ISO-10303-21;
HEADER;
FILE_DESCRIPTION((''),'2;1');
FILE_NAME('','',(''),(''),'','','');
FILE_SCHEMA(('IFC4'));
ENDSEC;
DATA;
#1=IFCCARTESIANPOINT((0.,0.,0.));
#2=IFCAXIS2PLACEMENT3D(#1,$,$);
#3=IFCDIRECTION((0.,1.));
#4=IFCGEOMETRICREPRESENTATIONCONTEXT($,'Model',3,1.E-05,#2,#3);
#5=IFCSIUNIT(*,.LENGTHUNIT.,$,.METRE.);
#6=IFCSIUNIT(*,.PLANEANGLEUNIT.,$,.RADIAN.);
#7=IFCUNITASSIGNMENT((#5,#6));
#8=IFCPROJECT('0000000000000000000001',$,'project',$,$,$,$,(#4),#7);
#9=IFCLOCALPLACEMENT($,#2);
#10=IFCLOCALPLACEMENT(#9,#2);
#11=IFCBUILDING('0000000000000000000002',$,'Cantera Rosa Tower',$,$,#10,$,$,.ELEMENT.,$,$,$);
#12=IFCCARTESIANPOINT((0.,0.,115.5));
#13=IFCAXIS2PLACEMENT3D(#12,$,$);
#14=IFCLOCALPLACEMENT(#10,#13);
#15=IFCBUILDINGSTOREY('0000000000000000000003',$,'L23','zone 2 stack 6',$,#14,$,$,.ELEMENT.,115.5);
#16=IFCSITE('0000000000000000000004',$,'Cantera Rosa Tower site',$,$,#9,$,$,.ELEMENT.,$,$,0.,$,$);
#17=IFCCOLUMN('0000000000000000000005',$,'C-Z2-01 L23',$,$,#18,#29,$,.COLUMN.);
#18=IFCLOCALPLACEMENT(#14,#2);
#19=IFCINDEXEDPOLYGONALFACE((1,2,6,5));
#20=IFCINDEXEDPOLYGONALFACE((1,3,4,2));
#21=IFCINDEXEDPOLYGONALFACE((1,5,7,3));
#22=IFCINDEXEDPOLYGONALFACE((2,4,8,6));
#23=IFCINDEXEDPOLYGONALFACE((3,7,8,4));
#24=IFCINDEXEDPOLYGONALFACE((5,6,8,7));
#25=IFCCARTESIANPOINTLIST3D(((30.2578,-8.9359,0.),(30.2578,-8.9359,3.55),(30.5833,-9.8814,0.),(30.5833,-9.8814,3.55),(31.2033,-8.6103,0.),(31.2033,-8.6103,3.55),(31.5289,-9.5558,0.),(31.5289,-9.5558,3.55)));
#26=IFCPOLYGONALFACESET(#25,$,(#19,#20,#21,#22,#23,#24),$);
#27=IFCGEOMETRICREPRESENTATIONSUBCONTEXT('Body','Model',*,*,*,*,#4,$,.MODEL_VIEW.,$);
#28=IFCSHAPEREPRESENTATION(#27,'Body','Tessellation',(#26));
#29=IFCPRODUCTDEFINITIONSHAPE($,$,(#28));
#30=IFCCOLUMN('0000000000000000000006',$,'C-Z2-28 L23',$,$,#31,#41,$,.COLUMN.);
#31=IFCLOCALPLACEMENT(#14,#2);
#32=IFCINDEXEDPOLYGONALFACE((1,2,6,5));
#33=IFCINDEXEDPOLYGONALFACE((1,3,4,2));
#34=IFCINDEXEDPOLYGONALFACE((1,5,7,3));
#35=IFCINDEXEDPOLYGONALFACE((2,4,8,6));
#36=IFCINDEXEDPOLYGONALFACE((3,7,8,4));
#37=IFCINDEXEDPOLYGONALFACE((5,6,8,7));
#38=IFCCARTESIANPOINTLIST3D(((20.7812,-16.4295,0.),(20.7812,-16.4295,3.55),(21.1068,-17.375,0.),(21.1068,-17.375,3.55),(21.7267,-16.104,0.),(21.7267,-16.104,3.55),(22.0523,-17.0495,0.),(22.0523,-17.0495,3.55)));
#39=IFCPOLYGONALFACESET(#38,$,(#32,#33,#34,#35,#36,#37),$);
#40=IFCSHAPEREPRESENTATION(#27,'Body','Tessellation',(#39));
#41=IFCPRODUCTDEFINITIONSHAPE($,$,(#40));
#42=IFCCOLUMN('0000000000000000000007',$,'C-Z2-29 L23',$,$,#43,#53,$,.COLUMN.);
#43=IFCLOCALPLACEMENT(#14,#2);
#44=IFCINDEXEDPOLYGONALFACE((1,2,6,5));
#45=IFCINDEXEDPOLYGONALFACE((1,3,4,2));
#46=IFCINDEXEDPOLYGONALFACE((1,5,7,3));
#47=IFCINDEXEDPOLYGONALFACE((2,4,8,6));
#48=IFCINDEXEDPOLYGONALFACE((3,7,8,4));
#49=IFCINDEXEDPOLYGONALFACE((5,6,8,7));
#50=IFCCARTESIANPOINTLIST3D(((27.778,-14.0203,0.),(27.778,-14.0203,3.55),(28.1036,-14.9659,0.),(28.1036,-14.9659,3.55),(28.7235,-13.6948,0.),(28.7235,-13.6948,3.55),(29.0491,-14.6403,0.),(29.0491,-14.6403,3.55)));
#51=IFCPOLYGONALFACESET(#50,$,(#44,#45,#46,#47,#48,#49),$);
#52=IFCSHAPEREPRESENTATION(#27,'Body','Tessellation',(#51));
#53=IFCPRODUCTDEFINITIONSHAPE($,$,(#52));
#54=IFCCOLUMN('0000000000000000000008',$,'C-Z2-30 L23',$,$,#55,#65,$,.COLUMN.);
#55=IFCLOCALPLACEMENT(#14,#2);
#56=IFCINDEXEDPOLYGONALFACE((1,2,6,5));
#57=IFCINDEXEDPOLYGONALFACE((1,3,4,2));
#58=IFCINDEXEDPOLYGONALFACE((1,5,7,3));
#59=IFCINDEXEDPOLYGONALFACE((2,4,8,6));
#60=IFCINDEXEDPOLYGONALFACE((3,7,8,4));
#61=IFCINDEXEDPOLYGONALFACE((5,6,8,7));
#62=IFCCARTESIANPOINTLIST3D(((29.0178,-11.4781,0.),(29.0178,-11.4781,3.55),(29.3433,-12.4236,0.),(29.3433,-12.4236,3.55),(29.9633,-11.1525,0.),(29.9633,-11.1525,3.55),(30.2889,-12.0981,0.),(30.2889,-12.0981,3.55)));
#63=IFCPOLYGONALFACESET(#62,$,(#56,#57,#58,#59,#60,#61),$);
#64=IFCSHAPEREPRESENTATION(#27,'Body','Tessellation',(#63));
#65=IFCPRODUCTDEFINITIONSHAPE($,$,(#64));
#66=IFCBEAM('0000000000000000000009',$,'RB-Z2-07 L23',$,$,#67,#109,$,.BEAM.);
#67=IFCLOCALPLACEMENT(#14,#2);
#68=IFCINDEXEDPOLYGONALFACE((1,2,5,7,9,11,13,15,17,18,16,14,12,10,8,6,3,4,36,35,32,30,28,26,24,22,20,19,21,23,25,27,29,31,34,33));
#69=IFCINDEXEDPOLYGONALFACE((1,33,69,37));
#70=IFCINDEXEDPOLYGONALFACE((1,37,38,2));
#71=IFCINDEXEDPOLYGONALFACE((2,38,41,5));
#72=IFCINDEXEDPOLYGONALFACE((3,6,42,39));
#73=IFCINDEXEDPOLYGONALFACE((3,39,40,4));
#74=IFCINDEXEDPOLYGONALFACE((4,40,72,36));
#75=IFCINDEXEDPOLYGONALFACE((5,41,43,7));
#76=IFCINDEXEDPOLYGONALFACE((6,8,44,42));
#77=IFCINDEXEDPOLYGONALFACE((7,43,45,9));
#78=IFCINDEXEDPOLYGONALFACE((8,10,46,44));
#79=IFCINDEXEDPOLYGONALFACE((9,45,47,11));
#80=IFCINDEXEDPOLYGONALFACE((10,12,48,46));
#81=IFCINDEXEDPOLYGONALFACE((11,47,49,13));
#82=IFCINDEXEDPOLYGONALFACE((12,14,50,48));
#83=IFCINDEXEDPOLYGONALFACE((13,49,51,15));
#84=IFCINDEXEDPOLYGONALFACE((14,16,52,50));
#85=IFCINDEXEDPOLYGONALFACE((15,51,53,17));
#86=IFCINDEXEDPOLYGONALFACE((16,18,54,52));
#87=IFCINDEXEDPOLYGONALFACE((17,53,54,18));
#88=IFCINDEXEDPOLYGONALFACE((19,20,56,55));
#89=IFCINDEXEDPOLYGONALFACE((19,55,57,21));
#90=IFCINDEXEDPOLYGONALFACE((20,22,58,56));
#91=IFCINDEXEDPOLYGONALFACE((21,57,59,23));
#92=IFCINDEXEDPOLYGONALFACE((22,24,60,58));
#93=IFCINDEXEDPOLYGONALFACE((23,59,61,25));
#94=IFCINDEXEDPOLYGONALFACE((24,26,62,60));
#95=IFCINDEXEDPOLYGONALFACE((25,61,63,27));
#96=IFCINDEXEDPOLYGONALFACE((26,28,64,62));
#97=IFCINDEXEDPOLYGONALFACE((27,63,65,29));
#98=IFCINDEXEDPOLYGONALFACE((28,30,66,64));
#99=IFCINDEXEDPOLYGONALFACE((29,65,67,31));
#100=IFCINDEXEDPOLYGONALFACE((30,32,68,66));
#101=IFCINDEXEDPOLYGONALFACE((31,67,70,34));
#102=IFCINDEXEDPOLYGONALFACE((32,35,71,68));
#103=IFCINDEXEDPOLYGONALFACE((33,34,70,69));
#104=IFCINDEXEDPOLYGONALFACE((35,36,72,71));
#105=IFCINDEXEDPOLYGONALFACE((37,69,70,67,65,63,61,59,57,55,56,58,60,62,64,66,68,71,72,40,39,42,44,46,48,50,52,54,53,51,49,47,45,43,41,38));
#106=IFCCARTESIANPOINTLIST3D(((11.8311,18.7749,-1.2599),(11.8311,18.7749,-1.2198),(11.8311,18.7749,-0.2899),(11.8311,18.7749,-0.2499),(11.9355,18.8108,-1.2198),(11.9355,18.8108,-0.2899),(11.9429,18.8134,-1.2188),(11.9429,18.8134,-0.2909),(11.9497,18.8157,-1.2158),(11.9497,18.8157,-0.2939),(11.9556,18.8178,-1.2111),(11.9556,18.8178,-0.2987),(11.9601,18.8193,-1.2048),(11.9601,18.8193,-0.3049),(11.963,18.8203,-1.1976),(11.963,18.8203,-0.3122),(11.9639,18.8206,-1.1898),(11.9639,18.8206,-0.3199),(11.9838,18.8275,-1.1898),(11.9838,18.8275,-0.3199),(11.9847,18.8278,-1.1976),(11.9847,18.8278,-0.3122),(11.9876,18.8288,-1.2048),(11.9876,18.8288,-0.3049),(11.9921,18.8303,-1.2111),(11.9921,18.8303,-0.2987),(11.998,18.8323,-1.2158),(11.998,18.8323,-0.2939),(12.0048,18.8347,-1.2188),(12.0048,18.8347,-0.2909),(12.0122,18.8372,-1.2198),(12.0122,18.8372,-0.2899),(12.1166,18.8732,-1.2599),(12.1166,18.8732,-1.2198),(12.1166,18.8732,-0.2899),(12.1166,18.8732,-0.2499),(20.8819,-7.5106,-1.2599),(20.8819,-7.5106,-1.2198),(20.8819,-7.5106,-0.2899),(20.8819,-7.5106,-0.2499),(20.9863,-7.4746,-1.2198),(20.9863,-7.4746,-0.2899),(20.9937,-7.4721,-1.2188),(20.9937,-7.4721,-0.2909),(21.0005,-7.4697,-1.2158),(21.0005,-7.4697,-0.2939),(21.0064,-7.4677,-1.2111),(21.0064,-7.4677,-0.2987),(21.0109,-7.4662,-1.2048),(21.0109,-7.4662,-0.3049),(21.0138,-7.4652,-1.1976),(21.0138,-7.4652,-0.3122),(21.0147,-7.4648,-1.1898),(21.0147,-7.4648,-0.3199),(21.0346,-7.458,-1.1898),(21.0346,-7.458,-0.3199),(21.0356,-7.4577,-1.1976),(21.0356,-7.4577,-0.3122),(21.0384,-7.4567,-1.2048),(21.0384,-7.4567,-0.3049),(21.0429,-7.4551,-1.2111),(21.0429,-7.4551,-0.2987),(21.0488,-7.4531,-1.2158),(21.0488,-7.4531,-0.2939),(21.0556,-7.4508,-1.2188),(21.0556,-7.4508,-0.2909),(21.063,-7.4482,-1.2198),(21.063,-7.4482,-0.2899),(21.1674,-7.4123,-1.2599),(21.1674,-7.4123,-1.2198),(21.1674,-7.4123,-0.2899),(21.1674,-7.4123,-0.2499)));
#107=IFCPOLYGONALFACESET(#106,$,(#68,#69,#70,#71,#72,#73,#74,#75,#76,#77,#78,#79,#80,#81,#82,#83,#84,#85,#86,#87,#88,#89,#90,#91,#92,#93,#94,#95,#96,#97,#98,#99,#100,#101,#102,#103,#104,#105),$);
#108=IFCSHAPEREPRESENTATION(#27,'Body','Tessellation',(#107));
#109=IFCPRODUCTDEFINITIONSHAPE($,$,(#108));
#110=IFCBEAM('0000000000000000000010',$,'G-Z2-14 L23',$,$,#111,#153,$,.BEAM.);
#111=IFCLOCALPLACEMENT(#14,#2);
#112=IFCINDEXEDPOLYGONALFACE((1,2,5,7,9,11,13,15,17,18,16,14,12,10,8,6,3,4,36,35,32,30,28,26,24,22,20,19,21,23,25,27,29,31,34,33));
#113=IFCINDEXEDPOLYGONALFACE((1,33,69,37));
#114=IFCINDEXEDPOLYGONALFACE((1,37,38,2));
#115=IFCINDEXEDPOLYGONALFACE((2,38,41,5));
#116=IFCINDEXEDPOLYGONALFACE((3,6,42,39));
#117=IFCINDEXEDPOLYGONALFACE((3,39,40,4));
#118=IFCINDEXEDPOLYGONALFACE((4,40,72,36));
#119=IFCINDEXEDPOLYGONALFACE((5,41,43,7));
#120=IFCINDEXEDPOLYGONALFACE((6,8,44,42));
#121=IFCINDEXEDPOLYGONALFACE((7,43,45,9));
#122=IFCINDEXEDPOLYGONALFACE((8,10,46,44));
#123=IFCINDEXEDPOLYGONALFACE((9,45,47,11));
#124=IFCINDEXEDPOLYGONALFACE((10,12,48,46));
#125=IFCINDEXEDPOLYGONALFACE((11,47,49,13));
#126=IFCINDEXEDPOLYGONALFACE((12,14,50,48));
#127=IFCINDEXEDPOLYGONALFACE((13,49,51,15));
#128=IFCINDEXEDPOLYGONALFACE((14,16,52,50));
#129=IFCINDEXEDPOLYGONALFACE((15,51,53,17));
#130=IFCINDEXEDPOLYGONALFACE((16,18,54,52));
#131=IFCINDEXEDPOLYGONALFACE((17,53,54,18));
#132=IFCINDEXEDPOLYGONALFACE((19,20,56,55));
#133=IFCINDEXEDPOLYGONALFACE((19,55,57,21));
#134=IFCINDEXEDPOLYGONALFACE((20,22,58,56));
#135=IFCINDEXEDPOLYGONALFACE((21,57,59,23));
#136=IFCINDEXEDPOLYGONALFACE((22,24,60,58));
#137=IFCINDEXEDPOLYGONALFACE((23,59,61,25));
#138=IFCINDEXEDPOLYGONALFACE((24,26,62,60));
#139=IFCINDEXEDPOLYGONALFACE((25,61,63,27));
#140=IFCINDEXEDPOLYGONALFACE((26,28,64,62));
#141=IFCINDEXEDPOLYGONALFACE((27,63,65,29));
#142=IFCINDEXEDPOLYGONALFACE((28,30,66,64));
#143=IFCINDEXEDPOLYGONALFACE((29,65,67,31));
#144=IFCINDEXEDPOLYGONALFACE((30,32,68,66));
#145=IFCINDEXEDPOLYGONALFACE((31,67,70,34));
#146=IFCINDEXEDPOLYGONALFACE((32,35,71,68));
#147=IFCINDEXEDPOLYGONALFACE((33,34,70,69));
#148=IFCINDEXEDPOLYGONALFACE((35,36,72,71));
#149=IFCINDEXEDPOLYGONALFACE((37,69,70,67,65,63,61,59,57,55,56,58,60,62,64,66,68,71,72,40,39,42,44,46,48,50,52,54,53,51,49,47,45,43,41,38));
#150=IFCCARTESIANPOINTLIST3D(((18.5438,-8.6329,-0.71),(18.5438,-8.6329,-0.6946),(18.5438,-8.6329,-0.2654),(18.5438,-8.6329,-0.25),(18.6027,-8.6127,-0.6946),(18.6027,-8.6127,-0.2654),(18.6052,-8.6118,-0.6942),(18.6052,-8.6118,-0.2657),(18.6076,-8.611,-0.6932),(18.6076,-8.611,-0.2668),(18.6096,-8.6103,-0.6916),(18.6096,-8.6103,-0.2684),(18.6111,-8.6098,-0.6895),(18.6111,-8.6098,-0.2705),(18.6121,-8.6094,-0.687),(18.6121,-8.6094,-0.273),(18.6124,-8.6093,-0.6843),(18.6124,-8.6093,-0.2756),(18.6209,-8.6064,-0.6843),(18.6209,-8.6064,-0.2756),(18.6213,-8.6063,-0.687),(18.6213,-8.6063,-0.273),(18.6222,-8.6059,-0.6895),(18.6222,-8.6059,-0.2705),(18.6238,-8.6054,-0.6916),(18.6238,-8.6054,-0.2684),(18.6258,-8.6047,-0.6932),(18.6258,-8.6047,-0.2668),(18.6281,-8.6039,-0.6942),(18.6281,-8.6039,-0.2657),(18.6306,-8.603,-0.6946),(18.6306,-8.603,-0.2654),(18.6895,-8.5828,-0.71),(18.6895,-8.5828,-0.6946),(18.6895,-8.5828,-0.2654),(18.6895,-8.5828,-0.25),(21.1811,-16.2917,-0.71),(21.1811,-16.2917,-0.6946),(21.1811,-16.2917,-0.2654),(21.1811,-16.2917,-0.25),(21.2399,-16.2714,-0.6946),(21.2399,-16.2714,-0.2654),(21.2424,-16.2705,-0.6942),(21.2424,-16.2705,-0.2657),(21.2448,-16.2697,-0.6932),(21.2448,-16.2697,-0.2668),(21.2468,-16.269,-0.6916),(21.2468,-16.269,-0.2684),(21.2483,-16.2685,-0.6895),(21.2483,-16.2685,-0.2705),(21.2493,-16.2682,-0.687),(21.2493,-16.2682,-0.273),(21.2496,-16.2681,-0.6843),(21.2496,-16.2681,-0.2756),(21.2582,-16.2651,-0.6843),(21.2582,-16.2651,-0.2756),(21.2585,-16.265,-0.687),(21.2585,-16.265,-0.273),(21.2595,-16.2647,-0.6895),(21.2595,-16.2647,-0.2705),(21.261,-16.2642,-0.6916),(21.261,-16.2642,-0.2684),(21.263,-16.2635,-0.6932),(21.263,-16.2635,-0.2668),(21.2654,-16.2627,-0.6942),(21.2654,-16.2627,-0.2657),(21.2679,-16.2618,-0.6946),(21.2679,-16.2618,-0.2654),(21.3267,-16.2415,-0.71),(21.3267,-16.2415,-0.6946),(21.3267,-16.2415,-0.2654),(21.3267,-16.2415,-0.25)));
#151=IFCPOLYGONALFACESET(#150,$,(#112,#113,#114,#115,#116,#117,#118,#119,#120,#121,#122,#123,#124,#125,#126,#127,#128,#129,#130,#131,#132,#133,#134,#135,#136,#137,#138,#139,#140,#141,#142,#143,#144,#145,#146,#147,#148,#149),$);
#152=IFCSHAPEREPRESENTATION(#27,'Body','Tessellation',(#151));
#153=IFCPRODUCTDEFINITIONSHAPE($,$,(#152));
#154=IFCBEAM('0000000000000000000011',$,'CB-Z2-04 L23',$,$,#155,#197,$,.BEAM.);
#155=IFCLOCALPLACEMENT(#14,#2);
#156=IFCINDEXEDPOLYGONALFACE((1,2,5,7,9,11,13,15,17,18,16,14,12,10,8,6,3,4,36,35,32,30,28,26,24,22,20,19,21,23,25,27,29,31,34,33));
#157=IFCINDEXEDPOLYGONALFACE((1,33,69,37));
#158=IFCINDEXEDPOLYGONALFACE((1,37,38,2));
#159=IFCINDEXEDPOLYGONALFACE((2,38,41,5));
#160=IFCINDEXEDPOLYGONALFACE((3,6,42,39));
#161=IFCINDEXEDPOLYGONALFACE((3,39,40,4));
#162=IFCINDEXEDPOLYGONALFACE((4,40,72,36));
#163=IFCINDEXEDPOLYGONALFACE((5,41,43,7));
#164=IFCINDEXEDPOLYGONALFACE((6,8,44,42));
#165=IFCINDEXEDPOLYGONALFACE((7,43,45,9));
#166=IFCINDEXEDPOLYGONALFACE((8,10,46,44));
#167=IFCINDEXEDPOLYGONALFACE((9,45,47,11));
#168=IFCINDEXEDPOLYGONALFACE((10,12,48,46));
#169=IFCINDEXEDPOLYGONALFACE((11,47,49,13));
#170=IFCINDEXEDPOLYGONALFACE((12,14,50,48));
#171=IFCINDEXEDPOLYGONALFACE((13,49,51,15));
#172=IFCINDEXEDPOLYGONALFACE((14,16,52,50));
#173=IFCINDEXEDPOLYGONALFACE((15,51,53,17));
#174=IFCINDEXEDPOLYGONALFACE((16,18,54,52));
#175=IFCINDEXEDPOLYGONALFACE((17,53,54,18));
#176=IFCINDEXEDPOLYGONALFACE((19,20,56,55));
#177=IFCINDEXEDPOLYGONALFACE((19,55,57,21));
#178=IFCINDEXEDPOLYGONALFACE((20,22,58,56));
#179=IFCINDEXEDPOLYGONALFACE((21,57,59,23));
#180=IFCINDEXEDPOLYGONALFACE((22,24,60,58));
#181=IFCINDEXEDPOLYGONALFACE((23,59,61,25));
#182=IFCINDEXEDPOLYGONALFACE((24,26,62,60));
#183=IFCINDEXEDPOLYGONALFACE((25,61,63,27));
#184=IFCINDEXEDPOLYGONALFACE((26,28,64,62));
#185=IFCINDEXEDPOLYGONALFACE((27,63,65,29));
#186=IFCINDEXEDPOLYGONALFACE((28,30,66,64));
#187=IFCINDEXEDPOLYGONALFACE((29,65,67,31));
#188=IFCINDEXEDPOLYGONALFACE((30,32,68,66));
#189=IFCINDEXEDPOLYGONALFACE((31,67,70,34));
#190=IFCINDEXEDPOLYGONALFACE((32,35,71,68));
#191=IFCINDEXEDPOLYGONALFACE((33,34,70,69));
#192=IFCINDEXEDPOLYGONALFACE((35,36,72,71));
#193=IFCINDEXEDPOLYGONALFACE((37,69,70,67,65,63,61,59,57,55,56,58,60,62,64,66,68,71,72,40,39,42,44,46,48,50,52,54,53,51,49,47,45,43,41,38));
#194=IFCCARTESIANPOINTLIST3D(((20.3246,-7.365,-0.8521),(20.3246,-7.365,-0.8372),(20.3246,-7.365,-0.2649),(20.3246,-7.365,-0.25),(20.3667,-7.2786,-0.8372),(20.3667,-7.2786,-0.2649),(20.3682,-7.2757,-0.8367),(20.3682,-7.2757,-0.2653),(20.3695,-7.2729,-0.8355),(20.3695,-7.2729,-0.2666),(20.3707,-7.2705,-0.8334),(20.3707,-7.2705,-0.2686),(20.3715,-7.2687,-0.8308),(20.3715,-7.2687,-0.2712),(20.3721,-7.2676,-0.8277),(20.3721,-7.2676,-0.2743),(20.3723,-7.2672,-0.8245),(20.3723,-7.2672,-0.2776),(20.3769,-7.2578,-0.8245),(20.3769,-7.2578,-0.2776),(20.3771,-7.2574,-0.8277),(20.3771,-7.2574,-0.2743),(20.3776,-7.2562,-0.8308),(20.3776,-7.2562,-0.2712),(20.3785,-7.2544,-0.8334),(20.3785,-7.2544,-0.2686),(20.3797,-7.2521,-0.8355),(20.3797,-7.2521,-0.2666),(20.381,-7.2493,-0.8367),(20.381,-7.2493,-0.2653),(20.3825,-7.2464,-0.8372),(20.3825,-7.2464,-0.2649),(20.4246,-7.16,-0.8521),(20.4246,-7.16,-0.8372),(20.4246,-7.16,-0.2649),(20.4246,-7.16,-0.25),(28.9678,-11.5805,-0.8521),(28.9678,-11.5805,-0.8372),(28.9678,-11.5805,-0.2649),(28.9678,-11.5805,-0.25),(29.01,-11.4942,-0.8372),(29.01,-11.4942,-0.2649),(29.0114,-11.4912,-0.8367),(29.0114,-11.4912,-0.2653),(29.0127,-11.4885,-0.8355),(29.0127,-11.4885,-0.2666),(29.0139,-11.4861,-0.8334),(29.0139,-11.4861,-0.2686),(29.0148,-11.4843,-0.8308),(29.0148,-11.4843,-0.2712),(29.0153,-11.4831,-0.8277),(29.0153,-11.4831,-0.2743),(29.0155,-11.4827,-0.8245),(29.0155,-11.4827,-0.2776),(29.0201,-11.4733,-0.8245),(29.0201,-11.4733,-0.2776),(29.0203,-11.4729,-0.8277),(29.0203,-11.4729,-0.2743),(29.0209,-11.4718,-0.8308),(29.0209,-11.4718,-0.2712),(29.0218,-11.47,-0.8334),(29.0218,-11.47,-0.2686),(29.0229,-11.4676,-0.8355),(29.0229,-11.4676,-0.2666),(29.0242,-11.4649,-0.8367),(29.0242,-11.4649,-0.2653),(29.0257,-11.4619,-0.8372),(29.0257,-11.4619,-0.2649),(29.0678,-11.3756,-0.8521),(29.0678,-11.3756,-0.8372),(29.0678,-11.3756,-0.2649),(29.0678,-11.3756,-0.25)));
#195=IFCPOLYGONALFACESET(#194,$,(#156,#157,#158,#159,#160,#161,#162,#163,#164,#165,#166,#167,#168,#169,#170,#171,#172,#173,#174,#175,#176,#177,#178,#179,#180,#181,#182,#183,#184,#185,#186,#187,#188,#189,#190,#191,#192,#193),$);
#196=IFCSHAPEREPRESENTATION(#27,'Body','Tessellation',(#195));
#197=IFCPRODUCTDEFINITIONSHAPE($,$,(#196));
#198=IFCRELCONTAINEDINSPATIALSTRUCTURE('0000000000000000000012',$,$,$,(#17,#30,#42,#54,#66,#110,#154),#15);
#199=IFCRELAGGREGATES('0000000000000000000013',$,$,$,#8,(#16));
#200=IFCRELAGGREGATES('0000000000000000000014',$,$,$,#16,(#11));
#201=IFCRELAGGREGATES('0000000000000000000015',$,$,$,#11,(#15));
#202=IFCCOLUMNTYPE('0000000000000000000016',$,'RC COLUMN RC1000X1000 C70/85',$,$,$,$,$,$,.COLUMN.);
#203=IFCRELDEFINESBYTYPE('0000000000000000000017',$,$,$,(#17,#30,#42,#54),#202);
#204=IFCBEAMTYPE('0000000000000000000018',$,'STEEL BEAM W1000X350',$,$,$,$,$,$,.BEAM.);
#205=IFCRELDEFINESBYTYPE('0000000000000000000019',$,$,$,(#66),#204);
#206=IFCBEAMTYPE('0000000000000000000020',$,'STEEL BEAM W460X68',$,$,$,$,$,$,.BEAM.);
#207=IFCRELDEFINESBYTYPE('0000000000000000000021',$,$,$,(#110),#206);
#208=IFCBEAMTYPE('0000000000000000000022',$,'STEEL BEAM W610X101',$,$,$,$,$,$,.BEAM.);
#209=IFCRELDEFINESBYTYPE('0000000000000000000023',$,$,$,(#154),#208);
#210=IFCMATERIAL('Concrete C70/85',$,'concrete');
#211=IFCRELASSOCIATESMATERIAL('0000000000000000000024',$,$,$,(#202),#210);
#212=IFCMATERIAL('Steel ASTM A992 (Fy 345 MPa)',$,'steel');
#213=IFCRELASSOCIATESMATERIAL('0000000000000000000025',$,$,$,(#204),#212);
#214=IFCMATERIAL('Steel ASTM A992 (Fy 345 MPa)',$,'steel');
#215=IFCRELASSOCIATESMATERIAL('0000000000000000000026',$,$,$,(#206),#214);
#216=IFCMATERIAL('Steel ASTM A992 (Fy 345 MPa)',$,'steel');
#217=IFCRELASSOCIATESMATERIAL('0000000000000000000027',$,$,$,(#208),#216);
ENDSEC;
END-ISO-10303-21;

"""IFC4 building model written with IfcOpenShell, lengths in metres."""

from ifc_helpers import new_model, si_unit, direction, frame, origin, origin_2d, place, context, subcontext, project, spatial, rectangle, i_section, extrude, material, material_profile, profile_set, type_object, element, save


model = new_model("IFC4")

# Units and contexts
model_context = context("Model", 3, precision=1e-05, world=origin(), true_north=direction((0.0, 1.0)))
body_context = subcontext(model_context, "Body", "Model", "MODEL_VIEW")
ifc_project = project(units=[si_unit("LENGTHUNIT", "METRE"), si_unit("PLANEANGLEUNIT", "RADIAN")], contexts=[model_context])

# Site, building, storey
site_placement = place(None, origin())
site = spatial("IfcSite", under=ifc_project, at=site_placement, Name="Cantera Rosa Tower site", CompositionType="ELEMENT", RefElevation=0.0)
building_placement = place(site_placement, origin())
building = spatial("IfcBuilding", under=site, at=building_placement, Name="Cantera Rosa Tower", CompositionType="ELEMENT")
storey_placement = place(building_placement, frame((0.0, 0.0, 115.5)))
storey = spatial("IfcBuildingStorey", under=building, at=storey_placement, Name="L23", Description="zone 2 stack 6", CompositionType="ELEMENT", Elevation=115.5)

# Columns
ifc_material_1 = material(Name="Concrete C70/85", Category="concrete")
ifc_material_profile_1 = material_profile(ifc_material_1, rectangle(XDim=1.0, YDim=1.0, at=origin_2d()), Name="RC COLUMN RC1000X1000 C70/85")
ifc_profile_set_1 = profile_set([ifc_material_profile_1], Name="Concrete C70/85")
column_type = type_object("IfcColumnType", Name="RC COLUMN RC1000X1000 C70/85", PredefinedType="COLUMN", material=ifc_profile_set_1)
for number, where, z_axis, x_axis, name in (
    (1, (30.8933, -9.2458, 0.0), (0.0, 0.0, 1.0), (0.945519, 0.325568, 0.0), "C-Z2-01 L23"),
    (2, (21.4167, -16.7395, 0.0), (0.0, 0.0, 1.0), (0.945519, 0.325568, 0.0), "C-Z2-28 L23"),
    (3, (28.4136, -14.3303, 0.0), (0.0, 0.0, 1.0), (0.945519, 0.325568, 0.0), "C-Z2-29 L23"),
    (4, (29.6533, -11.7881, 0.0), (0.0, 0.0, 1.0), (0.945519, 0.325568, 0.0), "C-Z2-30 L23"),
):
    element("IfcColumn", number, at=place(storey_placement, frame(where, z_axis=z_axis, x_axis=x_axis)), inside=storey, type_object=column_type, Name=name, PredefinedType="COLUMN", context=body_context, shape_type="SweptSolid", body=[
        extrude(rectangle(XDim=1.0, YDim=1.0, at=origin_2d()), origin(), (0.0, 0.0, 1.0), 3.55),
    ])

# Beams
ifc_material_2 = material(Name="Steel ASTM A992 (Fy 345 MPa)", Category="steel")
ifc_material_profile_2 = material_profile(ifc_material_2, i_section(OverallWidth=0.302, OverallDepth=1.01, WebThickness=0.021, FlangeThickness=0.04, FilletRadius=0.03, at=origin_2d()), Name="W1000X350")
ifc_profile_set_2 = profile_set([ifc_material_profile_2], Name="Steel ASTM A992 (Fy 345 MPa)")
beam_type_1 = type_object("IfcBeamType", Name="STEEL BEAM W1000X350", PredefinedType="BEAM", material=ifc_profile_set_2)
beam_1_placement = place(storey_placement, frame((21.0247, -7.4614, -0.7549), z_axis=(-0.325568, 0.945519, 0.0), x_axis=(-0.945519, -0.325568, 0.0)))
element("IfcBeam", 5, at=beam_1_placement, inside=storey, type_object=beam_type_1, Name="RB-Z2-07 L23", PredefinedType="BEAM", context=body_context, shape_type="SweptSolid", body=[
    extrude(i_section(OverallWidth=0.302, OverallDepth=1.01, WebThickness=0.021, FlangeThickness=0.04, FilletRadius=0.03, at=origin_2d()), origin(), (0.0, 0.0, 1.0), 27.8),
])
ifc_material_3 = material(Name="Steel ASTM A992 (Fy 345 MPa)", Category="steel")
ifc_material_profile_3 = material_profile(ifc_material_3, i_section(OverallWidth=0.1541, OverallDepth=0.46, WebThickness=0.009, FlangeThickness=0.0154, FilletRadius=0.0103, at=origin_2d()), Name="W460X68")
ifc_profile_set_3 = profile_set([ifc_material_profile_3], Name="Steel ASTM A992 (Fy 345 MPa)")
beam_type_2 = type_object("IfcBeamType", Name="STEEL BEAM W460X68", PredefinedType="BEAM", material=ifc_profile_set_3)
beam_2_placement = place(storey_placement, frame((21.2539, -16.2666, -0.48), z_axis=(-0.32558, 0.945514, 0.0), x_axis=(-0.945514, -0.32558, 0.0)))
element("IfcBeam", 6, at=beam_2_placement, inside=storey, type_object=beam_type_2, Name="G-Z2-14 L23", PredefinedType="BEAM", context=body_context, shape_type="SweptSolid", body=[
    extrude(i_section(OverallWidth=0.1541, OverallDepth=0.46, WebThickness=0.009, FlangeThickness=0.0154, FilletRadius=0.0103, at=origin_2d()), origin(), (0.0, 0.0, 1.0), 8.1001),
])
ifc_material_4 = material(Name="Steel ASTM A992 (Fy 345 MPa)", Category="steel")
ifc_material_profile_4 = material_profile(ifc_material_4, i_section(OverallWidth=0.228, OverallDepth=0.6021, WebThickness=0.0105, FlangeThickness=0.0149, FilletRadius=0.0127, at=origin_2d()), Name="W610X101")
ifc_profile_set_4 = profile_set([ifc_material_profile_4], Name="Steel ASTM A992 (Fy 345 MPa)")
beam_type_3 = type_object("IfcBeamType", Name="STEEL BEAM W610X101", PredefinedType="BEAM", material=ifc_profile_set_4)
beam_3_placement = place(storey_placement, frame((29.0178, -11.478, -0.551), z_axis=(-0.898796, 0.438367, 0.0), x_axis=(-0.438367, -0.898796, 0.0)))
element("IfcBeam", 7, at=beam_3_placement, inside=storey, type_object=beam_type_3, Name="CB-Z2-04 L23", PredefinedType="BEAM", context=body_context, shape_type="SweptSolid", body=[
    extrude(i_section(OverallWidth=0.228, OverallDepth=0.6021, WebThickness=0.0105, FlangeThickness=0.0149, FilletRadius=0.0127, at=origin_2d()), origin(), (0.0, 0.0, 1.0), 9.6165),
])

save(model, "model.ifc")
